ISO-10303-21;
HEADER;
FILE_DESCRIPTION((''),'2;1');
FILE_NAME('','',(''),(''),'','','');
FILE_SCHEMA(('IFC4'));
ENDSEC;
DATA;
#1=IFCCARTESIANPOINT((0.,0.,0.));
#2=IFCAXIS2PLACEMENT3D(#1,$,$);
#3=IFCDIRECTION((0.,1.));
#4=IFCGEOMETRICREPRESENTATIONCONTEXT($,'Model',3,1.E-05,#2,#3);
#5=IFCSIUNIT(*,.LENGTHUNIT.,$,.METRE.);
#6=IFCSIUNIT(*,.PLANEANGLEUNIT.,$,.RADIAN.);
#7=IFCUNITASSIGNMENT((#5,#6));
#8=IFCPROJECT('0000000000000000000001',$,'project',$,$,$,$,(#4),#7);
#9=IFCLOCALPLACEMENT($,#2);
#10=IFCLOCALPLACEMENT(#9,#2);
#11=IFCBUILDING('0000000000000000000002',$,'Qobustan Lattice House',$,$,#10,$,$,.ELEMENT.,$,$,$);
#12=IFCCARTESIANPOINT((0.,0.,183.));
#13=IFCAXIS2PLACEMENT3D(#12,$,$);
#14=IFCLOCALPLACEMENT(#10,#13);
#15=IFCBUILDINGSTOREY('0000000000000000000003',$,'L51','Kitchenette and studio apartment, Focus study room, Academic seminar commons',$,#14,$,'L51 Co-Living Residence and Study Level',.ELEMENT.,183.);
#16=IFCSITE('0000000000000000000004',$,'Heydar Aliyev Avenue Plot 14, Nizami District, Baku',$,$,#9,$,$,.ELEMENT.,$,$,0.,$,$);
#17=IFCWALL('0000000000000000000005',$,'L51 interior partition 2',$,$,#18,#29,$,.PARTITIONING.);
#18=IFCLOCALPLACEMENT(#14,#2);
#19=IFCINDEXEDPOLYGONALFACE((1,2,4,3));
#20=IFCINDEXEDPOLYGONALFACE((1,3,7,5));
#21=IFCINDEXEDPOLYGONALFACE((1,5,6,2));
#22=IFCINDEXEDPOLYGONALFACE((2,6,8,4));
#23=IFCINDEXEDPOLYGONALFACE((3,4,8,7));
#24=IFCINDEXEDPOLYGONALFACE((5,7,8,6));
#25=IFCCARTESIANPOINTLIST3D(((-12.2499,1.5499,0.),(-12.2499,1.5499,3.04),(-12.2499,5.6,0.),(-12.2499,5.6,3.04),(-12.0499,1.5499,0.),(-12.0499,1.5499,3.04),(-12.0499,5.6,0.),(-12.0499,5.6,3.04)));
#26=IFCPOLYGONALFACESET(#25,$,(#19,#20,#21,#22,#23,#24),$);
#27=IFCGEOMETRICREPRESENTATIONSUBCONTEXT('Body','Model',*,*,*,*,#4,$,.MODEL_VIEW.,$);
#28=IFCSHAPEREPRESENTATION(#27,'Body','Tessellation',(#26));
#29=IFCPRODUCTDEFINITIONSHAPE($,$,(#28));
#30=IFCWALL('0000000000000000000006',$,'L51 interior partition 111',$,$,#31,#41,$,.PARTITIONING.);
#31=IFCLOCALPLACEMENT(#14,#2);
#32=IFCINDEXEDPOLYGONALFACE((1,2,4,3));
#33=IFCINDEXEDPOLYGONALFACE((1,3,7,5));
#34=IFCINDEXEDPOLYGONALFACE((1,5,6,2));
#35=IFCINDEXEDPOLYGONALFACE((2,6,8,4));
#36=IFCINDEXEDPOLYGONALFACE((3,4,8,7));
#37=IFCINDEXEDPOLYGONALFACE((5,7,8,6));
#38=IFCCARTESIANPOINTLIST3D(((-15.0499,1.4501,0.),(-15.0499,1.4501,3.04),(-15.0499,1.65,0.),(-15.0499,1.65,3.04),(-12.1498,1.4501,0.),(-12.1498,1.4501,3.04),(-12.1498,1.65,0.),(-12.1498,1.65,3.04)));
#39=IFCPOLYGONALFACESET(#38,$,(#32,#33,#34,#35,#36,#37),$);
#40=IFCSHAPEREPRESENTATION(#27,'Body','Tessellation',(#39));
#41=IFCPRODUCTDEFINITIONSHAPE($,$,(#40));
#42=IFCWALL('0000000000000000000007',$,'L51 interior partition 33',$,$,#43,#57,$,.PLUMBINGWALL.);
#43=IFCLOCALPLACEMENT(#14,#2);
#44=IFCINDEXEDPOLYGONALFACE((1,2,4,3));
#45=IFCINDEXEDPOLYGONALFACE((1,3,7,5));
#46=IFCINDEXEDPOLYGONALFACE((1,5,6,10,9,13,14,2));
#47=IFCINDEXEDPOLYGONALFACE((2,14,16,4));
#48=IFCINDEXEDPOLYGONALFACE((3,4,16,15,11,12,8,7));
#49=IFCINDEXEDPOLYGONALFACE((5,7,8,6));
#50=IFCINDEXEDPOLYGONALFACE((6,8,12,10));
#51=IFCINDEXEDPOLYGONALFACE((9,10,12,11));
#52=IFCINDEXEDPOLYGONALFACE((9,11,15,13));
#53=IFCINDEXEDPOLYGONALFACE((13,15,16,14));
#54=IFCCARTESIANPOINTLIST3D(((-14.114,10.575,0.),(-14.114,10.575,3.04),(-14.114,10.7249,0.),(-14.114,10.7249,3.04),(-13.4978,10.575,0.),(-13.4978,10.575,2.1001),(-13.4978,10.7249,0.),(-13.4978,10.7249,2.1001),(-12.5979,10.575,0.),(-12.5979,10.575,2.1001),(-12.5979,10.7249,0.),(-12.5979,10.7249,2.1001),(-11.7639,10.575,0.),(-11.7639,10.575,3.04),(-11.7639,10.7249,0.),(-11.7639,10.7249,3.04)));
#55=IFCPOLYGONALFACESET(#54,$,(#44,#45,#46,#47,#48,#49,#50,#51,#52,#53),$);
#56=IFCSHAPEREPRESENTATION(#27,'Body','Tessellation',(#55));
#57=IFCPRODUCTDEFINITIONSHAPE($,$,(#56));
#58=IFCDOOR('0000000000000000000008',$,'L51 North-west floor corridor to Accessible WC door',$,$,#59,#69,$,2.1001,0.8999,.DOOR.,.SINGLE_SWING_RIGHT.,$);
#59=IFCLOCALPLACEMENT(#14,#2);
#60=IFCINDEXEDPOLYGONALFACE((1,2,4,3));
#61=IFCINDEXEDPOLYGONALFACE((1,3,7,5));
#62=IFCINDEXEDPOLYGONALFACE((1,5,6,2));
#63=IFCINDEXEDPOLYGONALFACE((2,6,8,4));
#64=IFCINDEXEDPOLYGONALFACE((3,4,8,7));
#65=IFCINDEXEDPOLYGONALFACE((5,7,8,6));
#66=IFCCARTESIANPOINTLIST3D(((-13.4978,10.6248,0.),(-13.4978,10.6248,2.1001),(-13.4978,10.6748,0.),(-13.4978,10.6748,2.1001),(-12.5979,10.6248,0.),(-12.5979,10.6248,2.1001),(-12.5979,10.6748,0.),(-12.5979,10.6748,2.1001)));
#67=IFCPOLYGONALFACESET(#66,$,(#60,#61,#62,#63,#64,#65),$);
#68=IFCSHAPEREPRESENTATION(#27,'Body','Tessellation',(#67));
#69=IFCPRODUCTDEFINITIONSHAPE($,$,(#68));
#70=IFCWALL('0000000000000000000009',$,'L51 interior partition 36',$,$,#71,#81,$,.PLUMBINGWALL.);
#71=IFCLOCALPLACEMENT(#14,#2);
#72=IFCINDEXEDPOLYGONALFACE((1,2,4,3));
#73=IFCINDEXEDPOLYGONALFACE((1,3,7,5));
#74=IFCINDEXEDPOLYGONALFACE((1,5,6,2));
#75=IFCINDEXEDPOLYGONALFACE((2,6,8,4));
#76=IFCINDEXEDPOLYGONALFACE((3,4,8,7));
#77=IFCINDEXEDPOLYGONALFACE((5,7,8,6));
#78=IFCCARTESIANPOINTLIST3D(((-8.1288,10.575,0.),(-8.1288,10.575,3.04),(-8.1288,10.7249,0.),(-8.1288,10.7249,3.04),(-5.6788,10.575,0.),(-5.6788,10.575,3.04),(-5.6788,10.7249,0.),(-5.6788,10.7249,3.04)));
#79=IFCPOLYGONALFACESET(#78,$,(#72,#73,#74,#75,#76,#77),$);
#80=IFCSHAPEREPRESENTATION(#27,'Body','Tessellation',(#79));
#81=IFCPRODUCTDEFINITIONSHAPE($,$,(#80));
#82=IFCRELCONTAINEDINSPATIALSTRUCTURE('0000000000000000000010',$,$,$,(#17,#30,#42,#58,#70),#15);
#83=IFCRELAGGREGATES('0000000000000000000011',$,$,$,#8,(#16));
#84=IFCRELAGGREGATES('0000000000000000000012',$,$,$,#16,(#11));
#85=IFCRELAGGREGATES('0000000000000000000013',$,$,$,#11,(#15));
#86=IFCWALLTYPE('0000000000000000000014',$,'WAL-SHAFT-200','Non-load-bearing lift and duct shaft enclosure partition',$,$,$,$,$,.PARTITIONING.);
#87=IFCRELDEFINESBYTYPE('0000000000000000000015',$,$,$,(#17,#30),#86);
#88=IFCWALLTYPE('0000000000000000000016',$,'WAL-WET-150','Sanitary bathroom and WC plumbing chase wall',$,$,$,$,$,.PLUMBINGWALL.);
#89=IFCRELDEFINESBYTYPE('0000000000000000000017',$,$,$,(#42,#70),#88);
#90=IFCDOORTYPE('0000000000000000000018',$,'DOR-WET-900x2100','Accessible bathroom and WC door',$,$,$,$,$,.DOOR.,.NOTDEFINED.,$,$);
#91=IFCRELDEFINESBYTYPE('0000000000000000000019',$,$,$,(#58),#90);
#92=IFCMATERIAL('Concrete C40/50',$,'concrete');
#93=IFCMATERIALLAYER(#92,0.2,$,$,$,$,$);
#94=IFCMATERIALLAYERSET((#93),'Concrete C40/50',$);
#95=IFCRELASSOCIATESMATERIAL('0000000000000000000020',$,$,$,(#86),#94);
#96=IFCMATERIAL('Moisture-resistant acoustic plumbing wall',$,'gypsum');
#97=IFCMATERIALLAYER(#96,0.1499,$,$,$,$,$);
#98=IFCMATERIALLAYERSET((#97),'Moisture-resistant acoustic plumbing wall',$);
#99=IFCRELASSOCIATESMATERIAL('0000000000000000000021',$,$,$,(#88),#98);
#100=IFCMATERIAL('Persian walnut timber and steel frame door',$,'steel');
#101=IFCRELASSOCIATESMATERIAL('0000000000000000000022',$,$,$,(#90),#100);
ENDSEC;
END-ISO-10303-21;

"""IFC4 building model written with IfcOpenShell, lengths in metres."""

from ifc_helpers import new_model, si_unit, direction, frame, frame_2d, origin, place, context, subcontext, project, spatial, rectangle, extrude, material, layer, layer_set, type_object, element, fill, save


model = new_model("IFC4")

# Units and contexts
model_context = context("Model", 3, precision=1e-05, world=origin(), true_north=direction((0.0, 1.0)))
body_context = subcontext(model_context, "Body", "Model", "MODEL_VIEW")
ifc_project = project(units=[si_unit("LENGTHUNIT", "METRE"), si_unit("PLANEANGLEUNIT", "RADIAN")], contexts=[model_context])

# Site, building, storey
site_placement = place(None, origin())
site = spatial("IfcSite", under=ifc_project, at=site_placement, Name="Heydar Aliyev Avenue Plot 14, Nizami District, Baku", CompositionType="ELEMENT", RefElevation=0.0)
building_placement = place(site_placement, origin())
building = spatial("IfcBuilding", under=site, at=building_placement, Name="Qobustan Lattice House", CompositionType="ELEMENT")
storey_placement = place(building_placement, frame((0.0, 0.0, 183.0)))
storey = spatial("IfcBuildingStorey", under=building, at=storey_placement, Name="L51", Description="Kitchenette and studio apartment, Focus study room, Academic seminar commons", LongName="L51 Co-Living Residence and Study Level", CompositionType="ELEMENT", Elevation=183.0)

# Walls
ifc_material_1 = material(Name="Concrete C40/50", Category="concrete")
ifc_layer_1 = layer(ifc_material_1, 0.2)
ifc_layer_set_1 = layer_set([ifc_layer_1], Name="Concrete C40/50")
wall_type_1 = type_object("IfcWallType", Name="WAL-SHAFT-200", Description="Non-load-bearing lift and duct shaft enclosure partition", PredefinedType="PARTITIONING", material=ifc_layer_set_1)
wall_1_placement = place(storey_placement, frame((-12.1499, 1.55, 0.0), z_axis=(0.0, 0.0, 1.0), x_axis=(0.0, 1.0, 0.0)))
element("IfcWall", 1, at=wall_1_placement, inside=storey, type_object=wall_type_1, Name="L51 interior partition 2", PredefinedType="PARTITIONING", context=body_context, shape_type="SweptSolid", body=[
    extrude(rectangle(XDim=4.05, YDim=0.2, at=frame_2d((2.0249, 0.0))), origin(), (0.0, 0.0, 1.0), 3.04),
])
wall_2_placement = place(storey_placement, frame((-15.05, 1.55, 0.0), z_axis=(0.0, 0.0, 1.0), x_axis=(1.0, 0.0, 0.0)))
element("IfcWall", 2, at=wall_2_placement, inside=storey, type_object=wall_type_1, Name="L51 interior partition 111", PredefinedType="PARTITIONING", context=body_context, shape_type="SweptSolid", body=[
    extrude(rectangle(XDim=2.9001, YDim=0.2, at=frame_2d((1.4502, 0.0))), origin(), (0.0, 0.0, 1.0), 3.04),
])

# Wall, opening, door
ifc_material_2 = material(Name="Moisture-resistant acoustic plumbing wall", Category="gypsum")
ifc_layer_2 = layer(ifc_material_2, 0.1499)
ifc_layer_set_2 = layer_set([ifc_layer_2], Name="Moisture-resistant acoustic plumbing wall")
wall_type_2 = type_object("IfcWallType", Name="WAL-WET-150", Description="Sanitary bathroom and WC plumbing chase wall", PredefinedType="PLUMBINGWALL", material=ifc_layer_set_2)
wall_3_placement = place(storey_placement, frame((-14.114, 10.6499, 0.0), z_axis=(0.0, 0.0, 1.0), x_axis=(1.0, 0.0, 0.0)))
wall_3 = element("IfcWall", 3, at=wall_3_placement, inside=storey, type_object=wall_type_2, Name="L51 interior partition 33", PredefinedType="PLUMBINGWALL", context=body_context, shape_type="SweptSolid", body=[
    extrude(rectangle(XDim=2.3501, YDim=0.1499, at=frame_2d((1.175, 0.0))), origin(), (0.0, 0.0, 1.0), 3.04),
])
opening_1_placement = place(wall_3_placement, frame((0.6162, 0.0, 0.0)))
opening_1 = element("IfcOpeningElement", 4, at=opening_1_placement, cuts=wall_3, PredefinedType="OPENING", context=body_context, shape_type="SweptSolid", body=[
    extrude(rectangle(XDim=0.8999, YDim=2.1001, at=frame_2d((0.45, 1.05))), frame((0.0, 0.085, 0.0), z_axis=(0.0, -1.0, 0.0), x_axis=(1.0, 0.0, 0.0)), (0.0, 0.0, 1.0), 0.1699),
])
ifc_material_3 = material(Name="Persian walnut timber and steel frame door", Category="steel")
door_type_1 = type_object("IfcDoorType", Name="DOR-WET-900x2100", Description="Accessible bathroom and WC door", OperationType="NOTDEFINED", PredefinedType="DOOR", material=ifc_material_3)
door_1_placement = place(opening_1_placement, origin())
door_1 = element("IfcDoor", 5, at=door_1_placement, inside=storey, type_object=door_type_1, Name="L51 North-west floor corridor to Accessible WC door", OperationType="SINGLE_SWING_RIGHT", OverallHeight=2.1001, OverallWidth=0.8999, PredefinedType="DOOR", context=body_context, shape_type="SweptSolid", body=[
    extrude(rectangle(XDim=0.8999, YDim=2.1001, at=frame_2d((0.45, 1.05))), frame((0.0, 0.0249, 0.0), z_axis=(0.0, -1.0, 0.0), x_axis=(1.0, 0.0, 0.0)), (0.0, 0.0, 1.0), 0.05),
])
fill(opening_1, door_1)

# Wall
wall_4_placement = place(storey_placement, frame((-8.1289, 10.6499, 0.0), z_axis=(0.0, 0.0, 1.0), x_axis=(1.0, 0.0, 0.0)))
element("IfcWall", 6, at=wall_4_placement, inside=storey, type_object=wall_type_2, Name="L51 interior partition 36", PredefinedType="PLUMBINGWALL", context=body_context, shape_type="SweptSolid", body=[
    extrude(rectangle(XDim=2.45, YDim=0.1499, at=frame_2d((1.2251, 0.0))), origin(), (0.0, 0.0, 1.0), 3.04),
])

save(model, "model.ifc")
